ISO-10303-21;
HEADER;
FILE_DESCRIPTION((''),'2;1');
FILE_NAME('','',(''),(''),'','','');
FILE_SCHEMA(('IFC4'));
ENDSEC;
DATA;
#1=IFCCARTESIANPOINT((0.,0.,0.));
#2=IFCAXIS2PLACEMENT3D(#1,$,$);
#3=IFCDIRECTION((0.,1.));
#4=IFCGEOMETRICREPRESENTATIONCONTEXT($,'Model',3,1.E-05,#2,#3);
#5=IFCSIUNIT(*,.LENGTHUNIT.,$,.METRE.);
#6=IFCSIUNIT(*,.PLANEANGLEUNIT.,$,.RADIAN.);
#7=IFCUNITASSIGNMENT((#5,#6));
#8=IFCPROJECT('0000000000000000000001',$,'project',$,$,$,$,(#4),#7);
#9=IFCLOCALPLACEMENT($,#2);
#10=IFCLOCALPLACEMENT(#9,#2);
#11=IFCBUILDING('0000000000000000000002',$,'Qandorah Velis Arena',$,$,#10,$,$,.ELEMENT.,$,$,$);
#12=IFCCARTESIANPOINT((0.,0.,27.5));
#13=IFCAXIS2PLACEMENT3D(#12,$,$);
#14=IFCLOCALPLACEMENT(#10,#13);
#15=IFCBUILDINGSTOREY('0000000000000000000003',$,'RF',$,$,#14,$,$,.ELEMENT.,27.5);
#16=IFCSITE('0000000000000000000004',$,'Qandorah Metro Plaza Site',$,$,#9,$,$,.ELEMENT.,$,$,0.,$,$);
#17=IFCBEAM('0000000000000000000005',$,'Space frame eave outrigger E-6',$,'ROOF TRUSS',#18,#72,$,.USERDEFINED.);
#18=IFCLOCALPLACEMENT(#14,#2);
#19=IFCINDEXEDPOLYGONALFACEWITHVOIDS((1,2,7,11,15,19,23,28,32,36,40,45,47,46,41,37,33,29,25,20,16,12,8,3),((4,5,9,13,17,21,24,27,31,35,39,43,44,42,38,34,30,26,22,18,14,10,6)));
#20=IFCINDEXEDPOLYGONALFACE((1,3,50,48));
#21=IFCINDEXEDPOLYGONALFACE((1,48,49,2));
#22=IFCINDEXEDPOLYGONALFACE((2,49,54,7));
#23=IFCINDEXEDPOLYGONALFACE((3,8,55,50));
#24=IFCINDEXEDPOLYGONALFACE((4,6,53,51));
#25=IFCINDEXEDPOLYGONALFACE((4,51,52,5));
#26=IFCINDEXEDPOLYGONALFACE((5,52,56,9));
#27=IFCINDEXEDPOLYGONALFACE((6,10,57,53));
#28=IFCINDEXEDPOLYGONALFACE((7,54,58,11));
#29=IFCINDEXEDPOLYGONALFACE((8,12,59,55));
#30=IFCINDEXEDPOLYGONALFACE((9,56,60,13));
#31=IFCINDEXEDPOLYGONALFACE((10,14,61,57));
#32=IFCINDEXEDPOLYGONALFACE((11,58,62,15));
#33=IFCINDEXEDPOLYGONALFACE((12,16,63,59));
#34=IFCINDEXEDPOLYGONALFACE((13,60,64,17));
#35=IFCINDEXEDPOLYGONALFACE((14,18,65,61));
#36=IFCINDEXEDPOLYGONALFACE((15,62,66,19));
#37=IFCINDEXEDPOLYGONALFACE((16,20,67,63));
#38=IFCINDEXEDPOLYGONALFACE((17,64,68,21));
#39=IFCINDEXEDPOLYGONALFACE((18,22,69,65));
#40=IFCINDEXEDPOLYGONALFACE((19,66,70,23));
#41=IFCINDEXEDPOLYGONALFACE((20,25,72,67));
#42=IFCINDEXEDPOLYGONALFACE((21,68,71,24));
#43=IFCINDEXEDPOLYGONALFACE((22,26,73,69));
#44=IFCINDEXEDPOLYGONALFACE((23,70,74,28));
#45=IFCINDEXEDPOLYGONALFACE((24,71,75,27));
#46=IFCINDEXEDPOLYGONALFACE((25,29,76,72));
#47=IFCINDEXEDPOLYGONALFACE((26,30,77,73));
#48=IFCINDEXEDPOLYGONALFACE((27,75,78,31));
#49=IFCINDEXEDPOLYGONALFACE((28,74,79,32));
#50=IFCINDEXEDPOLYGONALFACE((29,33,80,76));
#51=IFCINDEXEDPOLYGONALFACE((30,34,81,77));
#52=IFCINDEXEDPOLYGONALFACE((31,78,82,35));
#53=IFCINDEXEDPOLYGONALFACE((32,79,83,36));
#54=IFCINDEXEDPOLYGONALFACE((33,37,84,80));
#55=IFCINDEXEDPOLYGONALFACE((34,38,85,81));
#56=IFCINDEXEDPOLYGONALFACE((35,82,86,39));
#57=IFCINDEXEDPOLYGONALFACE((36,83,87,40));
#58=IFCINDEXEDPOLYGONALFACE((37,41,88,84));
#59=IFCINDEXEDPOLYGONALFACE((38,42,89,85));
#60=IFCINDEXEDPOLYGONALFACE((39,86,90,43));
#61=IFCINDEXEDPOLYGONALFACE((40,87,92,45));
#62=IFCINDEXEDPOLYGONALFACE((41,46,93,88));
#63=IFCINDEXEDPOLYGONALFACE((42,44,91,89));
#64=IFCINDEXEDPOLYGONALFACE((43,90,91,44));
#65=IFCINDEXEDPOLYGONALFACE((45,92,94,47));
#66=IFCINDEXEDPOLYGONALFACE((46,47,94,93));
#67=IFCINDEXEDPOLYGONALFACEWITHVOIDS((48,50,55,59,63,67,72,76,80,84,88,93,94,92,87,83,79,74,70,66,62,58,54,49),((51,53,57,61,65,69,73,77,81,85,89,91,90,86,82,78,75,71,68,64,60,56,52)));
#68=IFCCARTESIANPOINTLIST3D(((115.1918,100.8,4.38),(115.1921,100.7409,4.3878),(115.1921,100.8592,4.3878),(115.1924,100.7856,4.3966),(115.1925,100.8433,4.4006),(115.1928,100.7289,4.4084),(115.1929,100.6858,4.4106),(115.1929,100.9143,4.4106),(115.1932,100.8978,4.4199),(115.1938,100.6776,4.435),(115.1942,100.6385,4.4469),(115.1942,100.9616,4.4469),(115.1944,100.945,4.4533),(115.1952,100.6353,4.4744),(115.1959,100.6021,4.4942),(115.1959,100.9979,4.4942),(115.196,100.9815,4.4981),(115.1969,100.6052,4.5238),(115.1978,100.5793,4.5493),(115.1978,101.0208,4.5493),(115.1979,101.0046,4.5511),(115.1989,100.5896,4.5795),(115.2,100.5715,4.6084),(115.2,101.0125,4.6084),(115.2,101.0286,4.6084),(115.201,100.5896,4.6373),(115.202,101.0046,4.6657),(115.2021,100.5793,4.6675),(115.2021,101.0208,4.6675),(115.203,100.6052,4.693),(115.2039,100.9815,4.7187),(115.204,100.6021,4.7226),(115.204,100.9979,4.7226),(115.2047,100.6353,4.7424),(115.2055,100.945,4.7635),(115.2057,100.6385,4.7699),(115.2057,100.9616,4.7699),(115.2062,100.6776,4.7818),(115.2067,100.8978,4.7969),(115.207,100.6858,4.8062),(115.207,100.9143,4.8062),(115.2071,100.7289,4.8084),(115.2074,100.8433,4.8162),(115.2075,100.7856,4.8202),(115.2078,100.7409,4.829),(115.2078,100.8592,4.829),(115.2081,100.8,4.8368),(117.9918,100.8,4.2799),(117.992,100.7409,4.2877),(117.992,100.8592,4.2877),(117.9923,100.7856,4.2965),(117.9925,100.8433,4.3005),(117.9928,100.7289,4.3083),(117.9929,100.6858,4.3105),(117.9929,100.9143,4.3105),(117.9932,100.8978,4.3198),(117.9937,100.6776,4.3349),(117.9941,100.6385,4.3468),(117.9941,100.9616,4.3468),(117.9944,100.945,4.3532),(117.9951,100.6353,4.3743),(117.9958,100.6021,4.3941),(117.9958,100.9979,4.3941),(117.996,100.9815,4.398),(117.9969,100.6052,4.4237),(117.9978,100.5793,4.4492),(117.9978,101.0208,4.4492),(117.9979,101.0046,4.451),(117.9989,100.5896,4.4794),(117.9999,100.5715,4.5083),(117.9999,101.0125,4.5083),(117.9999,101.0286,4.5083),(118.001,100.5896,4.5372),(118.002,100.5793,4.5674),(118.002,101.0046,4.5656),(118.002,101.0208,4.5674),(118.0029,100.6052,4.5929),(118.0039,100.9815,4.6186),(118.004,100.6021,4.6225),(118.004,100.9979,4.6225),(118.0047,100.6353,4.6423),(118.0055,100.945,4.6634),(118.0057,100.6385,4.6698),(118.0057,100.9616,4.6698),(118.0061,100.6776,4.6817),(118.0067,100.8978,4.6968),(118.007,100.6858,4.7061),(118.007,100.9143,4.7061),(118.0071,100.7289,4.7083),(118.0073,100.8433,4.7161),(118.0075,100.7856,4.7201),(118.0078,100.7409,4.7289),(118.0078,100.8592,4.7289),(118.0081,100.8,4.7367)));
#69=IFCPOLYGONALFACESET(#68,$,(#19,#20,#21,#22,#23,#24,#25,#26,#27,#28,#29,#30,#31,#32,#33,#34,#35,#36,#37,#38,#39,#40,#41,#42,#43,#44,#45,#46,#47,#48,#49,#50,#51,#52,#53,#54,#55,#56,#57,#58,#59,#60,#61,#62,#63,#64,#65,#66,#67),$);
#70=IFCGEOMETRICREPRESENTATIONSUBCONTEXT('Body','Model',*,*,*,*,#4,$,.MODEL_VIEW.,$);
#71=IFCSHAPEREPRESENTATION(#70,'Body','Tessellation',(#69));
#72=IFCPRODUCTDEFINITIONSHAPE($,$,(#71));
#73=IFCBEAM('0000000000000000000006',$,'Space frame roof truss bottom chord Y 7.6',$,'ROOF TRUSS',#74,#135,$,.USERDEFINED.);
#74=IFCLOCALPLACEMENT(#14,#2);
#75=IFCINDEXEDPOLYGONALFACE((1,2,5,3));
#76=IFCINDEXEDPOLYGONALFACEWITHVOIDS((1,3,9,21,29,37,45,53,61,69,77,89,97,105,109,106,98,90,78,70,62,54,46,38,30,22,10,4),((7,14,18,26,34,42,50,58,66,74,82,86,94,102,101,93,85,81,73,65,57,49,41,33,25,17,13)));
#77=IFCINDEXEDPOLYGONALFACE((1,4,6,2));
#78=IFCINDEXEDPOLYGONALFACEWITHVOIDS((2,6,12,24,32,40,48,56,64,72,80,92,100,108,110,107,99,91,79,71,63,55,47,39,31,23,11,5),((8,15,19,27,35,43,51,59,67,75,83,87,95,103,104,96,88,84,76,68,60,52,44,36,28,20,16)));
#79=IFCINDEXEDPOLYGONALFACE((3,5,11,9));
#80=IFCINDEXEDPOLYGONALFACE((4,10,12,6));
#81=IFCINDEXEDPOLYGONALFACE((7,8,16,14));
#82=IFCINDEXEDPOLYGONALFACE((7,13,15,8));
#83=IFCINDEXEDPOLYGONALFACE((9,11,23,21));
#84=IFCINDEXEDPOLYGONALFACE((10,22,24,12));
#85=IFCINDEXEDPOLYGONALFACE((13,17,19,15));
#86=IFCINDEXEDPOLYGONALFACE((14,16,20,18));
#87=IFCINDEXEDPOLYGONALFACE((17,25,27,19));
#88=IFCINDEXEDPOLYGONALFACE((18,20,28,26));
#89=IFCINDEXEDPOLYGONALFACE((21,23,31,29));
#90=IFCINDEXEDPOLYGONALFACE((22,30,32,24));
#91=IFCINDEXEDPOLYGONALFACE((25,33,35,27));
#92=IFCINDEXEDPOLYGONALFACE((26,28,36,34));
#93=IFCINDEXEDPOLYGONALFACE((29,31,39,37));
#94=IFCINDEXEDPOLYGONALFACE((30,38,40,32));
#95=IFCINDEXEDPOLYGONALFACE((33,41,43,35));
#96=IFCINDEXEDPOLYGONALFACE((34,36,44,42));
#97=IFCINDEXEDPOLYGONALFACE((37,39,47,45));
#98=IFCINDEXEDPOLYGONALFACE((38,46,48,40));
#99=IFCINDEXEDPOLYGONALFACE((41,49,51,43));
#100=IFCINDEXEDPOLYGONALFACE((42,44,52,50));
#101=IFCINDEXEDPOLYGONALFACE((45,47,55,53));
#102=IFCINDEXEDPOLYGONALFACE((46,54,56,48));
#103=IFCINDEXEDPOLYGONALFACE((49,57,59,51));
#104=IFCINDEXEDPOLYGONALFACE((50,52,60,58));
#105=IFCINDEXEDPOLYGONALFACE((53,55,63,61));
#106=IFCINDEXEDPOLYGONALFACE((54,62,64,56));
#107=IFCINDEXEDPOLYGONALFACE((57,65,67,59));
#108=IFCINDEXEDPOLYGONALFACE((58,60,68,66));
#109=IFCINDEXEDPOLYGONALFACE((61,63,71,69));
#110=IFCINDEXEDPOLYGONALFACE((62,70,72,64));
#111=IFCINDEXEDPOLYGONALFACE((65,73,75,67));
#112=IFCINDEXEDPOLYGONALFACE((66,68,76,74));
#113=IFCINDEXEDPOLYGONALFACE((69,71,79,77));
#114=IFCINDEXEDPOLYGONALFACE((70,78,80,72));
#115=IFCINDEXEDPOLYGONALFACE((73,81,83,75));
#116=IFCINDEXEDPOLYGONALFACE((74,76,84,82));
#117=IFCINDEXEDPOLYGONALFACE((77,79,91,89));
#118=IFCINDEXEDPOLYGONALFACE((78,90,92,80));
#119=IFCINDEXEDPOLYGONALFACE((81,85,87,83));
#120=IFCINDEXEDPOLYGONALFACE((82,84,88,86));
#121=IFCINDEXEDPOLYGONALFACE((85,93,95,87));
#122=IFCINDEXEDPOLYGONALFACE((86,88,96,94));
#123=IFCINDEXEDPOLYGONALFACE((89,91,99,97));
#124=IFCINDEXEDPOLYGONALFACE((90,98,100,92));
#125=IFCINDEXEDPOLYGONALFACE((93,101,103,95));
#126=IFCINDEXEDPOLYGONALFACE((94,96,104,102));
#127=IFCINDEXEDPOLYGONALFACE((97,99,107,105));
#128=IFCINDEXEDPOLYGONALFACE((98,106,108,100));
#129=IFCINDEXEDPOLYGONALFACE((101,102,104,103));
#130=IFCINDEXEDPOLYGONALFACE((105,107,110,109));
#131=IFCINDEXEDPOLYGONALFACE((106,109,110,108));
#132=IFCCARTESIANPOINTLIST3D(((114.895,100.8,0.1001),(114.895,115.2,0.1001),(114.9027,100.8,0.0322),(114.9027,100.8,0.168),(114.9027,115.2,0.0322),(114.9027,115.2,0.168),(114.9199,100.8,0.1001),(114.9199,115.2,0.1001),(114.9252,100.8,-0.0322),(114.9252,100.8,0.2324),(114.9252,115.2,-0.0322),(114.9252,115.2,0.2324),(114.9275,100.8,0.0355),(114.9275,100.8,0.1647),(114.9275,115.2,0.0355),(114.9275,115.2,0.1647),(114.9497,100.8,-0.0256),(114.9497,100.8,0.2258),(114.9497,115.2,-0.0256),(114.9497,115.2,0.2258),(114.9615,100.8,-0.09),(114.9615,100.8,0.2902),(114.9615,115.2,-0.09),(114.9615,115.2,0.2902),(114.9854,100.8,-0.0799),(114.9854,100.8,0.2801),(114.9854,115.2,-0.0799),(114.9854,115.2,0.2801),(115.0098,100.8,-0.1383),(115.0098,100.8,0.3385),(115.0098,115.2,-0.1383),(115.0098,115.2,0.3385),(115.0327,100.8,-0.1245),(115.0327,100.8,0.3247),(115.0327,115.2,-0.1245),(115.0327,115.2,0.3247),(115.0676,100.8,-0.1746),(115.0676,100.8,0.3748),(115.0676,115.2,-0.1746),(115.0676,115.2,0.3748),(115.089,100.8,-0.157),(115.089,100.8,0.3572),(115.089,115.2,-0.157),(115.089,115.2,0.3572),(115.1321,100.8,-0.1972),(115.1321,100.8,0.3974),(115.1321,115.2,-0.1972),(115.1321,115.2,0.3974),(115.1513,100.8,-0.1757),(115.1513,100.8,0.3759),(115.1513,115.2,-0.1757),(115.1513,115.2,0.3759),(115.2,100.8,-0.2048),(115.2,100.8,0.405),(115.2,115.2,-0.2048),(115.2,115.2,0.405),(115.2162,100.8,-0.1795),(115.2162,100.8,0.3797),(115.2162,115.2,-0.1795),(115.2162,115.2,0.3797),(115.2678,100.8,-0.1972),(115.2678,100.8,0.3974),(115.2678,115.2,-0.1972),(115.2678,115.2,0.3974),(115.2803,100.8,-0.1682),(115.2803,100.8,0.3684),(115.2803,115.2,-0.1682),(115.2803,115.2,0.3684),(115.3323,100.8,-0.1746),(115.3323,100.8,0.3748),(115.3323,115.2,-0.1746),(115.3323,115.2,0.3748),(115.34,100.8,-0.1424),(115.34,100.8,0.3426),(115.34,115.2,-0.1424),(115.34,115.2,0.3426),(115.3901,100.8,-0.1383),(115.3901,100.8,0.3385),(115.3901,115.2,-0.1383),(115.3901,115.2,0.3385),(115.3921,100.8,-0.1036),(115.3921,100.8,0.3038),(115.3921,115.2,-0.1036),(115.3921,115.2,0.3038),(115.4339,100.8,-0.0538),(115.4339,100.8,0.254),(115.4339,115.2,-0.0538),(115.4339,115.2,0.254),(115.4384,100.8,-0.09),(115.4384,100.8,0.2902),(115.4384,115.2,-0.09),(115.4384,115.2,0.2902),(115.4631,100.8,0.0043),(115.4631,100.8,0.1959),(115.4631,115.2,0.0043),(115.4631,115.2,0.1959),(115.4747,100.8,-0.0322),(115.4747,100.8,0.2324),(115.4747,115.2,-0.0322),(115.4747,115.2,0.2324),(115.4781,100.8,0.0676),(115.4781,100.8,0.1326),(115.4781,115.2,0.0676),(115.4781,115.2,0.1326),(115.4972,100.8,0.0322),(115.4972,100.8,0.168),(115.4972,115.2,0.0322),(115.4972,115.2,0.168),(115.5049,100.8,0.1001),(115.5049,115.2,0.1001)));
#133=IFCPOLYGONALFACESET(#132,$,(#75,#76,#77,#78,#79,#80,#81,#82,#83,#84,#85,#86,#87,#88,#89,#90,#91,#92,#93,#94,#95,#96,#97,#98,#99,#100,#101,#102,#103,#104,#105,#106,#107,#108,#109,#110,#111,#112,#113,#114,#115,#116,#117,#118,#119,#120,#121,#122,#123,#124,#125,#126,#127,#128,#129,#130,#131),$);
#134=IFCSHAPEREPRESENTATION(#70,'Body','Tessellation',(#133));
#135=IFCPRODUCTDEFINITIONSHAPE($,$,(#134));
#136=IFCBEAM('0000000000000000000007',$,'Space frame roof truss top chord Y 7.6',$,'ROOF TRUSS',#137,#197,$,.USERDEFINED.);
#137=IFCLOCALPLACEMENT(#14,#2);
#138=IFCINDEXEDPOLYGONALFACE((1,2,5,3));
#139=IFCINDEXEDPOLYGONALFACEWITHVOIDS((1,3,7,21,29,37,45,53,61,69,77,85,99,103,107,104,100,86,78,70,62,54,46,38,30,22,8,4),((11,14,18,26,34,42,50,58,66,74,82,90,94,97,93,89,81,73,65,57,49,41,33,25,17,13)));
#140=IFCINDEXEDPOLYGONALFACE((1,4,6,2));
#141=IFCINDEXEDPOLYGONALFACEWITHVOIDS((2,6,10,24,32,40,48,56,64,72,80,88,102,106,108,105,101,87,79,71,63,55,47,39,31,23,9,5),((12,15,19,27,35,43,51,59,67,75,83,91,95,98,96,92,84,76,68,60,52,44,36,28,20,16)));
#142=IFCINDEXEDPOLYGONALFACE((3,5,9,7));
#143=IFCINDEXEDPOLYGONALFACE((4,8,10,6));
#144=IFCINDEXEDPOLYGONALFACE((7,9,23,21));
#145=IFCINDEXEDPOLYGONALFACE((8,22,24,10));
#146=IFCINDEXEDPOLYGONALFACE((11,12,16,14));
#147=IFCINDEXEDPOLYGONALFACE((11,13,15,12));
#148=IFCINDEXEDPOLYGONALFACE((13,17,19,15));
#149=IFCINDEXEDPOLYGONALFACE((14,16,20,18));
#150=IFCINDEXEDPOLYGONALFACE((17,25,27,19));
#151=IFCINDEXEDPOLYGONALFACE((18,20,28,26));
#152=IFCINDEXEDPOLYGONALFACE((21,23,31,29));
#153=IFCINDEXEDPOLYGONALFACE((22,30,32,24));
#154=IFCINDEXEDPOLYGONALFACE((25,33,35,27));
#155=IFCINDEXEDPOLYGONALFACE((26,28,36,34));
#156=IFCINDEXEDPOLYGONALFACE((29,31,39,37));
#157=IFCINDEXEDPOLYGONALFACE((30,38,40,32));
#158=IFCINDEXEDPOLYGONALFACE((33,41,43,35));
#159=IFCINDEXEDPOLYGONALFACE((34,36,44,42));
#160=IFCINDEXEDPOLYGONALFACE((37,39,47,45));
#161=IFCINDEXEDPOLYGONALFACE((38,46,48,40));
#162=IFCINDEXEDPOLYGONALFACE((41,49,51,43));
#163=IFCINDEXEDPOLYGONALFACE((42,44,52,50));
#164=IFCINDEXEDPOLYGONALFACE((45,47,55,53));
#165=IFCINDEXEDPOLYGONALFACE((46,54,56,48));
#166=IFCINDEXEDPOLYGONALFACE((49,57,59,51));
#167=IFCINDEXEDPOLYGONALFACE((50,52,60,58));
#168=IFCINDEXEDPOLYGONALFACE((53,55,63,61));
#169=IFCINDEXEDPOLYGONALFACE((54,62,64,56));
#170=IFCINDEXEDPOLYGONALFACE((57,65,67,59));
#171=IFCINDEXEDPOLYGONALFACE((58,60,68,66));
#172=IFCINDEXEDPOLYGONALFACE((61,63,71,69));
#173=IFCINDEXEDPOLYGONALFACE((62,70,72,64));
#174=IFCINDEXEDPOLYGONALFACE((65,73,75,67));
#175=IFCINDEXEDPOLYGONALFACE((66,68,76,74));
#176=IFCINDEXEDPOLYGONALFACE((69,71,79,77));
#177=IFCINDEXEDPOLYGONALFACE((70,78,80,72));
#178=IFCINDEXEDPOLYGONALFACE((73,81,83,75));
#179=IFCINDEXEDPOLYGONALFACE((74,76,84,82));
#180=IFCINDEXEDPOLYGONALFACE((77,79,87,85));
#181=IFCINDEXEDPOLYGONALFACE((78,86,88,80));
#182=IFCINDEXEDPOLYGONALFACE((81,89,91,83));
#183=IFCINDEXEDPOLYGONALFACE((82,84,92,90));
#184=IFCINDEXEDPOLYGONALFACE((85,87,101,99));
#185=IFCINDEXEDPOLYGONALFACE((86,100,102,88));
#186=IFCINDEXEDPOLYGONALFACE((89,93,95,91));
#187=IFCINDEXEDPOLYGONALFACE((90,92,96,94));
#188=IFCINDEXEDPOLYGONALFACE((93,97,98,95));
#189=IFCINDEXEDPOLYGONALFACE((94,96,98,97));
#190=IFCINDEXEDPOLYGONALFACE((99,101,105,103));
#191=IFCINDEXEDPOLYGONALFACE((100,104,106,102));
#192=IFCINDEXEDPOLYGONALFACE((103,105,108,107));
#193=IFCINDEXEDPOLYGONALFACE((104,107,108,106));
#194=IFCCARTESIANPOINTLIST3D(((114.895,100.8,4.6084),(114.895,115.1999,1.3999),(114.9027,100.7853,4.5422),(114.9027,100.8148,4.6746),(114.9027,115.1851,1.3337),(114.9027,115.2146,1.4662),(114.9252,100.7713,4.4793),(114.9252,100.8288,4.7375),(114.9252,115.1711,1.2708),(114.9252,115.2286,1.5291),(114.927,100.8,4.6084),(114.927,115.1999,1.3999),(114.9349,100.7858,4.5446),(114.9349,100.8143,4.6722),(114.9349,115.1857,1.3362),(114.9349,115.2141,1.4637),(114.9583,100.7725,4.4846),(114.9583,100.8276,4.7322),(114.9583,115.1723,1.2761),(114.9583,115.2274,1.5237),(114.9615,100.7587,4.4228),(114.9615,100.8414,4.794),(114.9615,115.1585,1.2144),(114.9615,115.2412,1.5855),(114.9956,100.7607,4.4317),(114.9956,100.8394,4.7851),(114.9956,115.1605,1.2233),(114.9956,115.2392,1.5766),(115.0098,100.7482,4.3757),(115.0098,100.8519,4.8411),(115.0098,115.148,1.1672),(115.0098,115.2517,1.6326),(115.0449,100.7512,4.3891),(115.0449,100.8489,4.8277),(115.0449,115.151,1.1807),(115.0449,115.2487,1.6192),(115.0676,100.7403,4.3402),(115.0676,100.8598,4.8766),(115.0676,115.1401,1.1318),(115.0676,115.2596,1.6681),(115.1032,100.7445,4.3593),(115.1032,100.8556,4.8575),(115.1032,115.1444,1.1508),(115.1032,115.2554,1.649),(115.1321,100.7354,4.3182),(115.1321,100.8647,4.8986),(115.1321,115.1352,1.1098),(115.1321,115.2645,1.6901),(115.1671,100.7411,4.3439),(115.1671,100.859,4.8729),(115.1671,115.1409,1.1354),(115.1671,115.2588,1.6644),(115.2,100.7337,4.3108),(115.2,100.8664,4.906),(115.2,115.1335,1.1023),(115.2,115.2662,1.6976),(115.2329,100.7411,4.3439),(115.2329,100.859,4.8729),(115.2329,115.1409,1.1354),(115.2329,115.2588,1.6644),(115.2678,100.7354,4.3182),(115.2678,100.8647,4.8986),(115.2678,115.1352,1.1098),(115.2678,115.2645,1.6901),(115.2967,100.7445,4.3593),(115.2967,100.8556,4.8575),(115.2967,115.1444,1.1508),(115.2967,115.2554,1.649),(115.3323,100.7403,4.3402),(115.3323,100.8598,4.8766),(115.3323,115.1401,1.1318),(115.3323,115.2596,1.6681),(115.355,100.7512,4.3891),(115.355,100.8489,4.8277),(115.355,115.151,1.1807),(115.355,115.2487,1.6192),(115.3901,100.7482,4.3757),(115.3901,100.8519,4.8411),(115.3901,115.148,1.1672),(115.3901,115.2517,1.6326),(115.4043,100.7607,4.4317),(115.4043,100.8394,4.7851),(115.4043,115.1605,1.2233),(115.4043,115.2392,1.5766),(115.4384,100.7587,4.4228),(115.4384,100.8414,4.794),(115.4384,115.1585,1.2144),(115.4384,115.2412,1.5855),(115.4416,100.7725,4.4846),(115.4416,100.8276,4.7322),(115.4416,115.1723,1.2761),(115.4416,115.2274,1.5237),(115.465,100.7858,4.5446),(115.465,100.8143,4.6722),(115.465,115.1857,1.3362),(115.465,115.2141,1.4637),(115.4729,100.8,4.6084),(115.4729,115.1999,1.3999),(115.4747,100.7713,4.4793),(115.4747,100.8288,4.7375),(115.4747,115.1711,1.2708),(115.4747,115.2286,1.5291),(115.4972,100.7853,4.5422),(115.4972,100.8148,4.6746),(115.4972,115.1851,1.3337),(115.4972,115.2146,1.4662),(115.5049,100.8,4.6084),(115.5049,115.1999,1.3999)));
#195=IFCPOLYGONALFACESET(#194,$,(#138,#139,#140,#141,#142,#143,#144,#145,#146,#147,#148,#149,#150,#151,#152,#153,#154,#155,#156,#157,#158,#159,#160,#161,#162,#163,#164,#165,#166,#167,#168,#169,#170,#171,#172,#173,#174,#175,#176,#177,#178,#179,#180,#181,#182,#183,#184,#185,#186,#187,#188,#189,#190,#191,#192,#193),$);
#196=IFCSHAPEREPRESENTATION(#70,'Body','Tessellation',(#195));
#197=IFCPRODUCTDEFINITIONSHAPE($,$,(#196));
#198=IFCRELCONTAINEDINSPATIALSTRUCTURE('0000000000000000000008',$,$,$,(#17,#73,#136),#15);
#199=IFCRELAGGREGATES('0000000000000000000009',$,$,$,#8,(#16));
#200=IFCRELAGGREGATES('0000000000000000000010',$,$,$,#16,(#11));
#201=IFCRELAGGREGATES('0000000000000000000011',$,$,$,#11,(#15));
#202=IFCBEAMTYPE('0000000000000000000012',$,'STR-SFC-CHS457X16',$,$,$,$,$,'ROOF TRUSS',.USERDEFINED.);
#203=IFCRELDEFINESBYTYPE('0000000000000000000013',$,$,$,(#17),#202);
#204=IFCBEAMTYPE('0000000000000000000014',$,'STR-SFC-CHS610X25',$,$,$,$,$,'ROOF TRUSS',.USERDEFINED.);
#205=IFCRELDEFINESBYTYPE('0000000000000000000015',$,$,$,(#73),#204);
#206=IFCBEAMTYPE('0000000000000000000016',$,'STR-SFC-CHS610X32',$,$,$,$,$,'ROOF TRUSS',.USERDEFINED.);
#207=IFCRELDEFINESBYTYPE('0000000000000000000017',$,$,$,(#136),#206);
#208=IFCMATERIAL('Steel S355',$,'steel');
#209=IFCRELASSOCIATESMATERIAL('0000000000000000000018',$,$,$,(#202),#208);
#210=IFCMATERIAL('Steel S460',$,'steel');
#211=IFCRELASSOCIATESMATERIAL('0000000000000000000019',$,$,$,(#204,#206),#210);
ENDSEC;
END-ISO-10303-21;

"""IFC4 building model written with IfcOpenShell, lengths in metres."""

from ifc_helpers import new_model, si_unit, direction, frame, origin, origin_2d, place, context, subcontext, project, spatial, hollow_circle, extrude, material, material_profile, profile_set, type_object, element, save


model = new_model("IFC4")

# Units and contexts
model_context = context("Model", 3, precision=1e-05, world=origin(), true_north=direction((0.0, 1.0)))
body_context = subcontext(model_context, "Body", "Model", "MODEL_VIEW")
ifc_project = project(units=[si_unit("LENGTHUNIT", "METRE"), si_unit("PLANEANGLEUNIT", "RADIAN")], contexts=[model_context])

# Site, building, storey
site_placement = place(None, origin())
site = spatial("IfcSite", under=ifc_project, at=site_placement, Name="Qandorah Metro Plaza Site", CompositionType="ELEMENT", RefElevation=0.0)
building_placement = place(site_placement, origin())
building = spatial("IfcBuilding", under=site, at=building_placement, Name="Qandorah Velis Arena", CompositionType="ELEMENT")
storey_placement = place(building_placement, frame((0.0, 0.0, 27.5)))
storey = spatial("IfcBuildingStorey", under=building, at=storey_placement, Name="RF", CompositionType="ELEMENT", Elevation=27.5)

# Beams
ifc_material_1 = material(Name="Steel S355", Category="steel")
ifc_material_profile_1 = material_profile(ifc_material_1, hollow_circle(Radius=0.2285, WallThickness=0.0161, at=origin_2d()), Name="CHS 457x16")
ifc_profile_set_1 = profile_set([ifc_material_profile_1], Name="Steel S355")
beam_type_1 = type_object("IfcBeamType", Name="STR-SFC-CHS457X16", ElementType="ROOF TRUSS", PredefinedType="USERDEFINED", material=ifc_profile_set_1)
beam_1_placement = place(storey_placement, frame((115.2, 100.8, 4.6084), z_axis=(0.999362, 0.0, -0.035726), x_axis=(0.0, 1.0, 0.0)))
element("IfcBeam", 1, at=beam_1_placement, inside=storey, type_object=beam_type_1, Name="Space frame eave outrigger E-6", ObjectType="ROOF TRUSS", PredefinedType="USERDEFINED", context=body_context, shape_type="SweptSolid", body=[
    extrude(hollow_circle(Radius=0.2285, WallThickness=0.0161, at=origin_2d()), origin(), (0.0, 0.0, 1.0), 2.8018),
])
ifc_material_2 = material(Name="Steel S460", Category="steel")
ifc_material_profile_2 = material_profile(ifc_material_2, hollow_circle(Radius=0.3049, WallThickness=0.0249, at=origin_2d()), Name="CHS 610x25")
ifc_profile_set_2 = profile_set([ifc_material_profile_2], Name="Steel S460")
beam_type_2 = type_object("IfcBeamType", Name="STR-SFC-CHS610X25", ElementType="ROOF TRUSS", PredefinedType="USERDEFINED", material=ifc_profile_set_2)
beam_2_placement = place(storey_placement, frame((115.2, 100.8, 0.1001), z_axis=(0.0, 1.0, 0.0), x_axis=(-1.0, 0.0, 0.0)))
element("IfcBeam", 2, at=beam_2_placement, inside=storey, type_object=beam_type_2, Name="Space frame roof truss bottom chord Y 7.6", ObjectType="ROOF TRUSS", PredefinedType="USERDEFINED", context=body_context, shape_type="SweptSolid", body=[
    extrude(hollow_circle(Radius=0.3049, WallThickness=0.0249, at=origin_2d()), origin(), (0.0, 0.0, 1.0), 14.3999),
])
ifc_material_profile_3 = material_profile(ifc_material_2, hollow_circle(Radius=0.3049, WallThickness=0.032, at=origin_2d()), Name="CHS 610x32")
ifc_profile_set_3 = profile_set([ifc_material_profile_3], Name="Steel S460")
beam_type_3 = type_object("IfcBeamType", Name="STR-SFC-CHS610X32", ElementType="ROOF TRUSS", PredefinedType="USERDEFINED", material=ifc_profile_set_3)
beam_3_placement = place(storey_placement, frame((115.2, 100.8, 4.6084), z_axis=(0.0, 0.976065, -0.217481), x_axis=(-1.0, 0.0, 0.0)))
element("IfcBeam", 3, at=beam_3_placement, inside=storey, type_object=beam_type_3, Name="Space frame roof truss top chord Y 7.6", ObjectType="ROOF TRUSS", PredefinedType="USERDEFINED", context=body_context, shape_type="SweptSolid", body=[
    extrude(hollow_circle(Radius=0.3049, WallThickness=0.032, at=origin_2d()), origin(), (0.0, 0.0, 1.0), 14.7529),
])

save(model, "model.ifc")
